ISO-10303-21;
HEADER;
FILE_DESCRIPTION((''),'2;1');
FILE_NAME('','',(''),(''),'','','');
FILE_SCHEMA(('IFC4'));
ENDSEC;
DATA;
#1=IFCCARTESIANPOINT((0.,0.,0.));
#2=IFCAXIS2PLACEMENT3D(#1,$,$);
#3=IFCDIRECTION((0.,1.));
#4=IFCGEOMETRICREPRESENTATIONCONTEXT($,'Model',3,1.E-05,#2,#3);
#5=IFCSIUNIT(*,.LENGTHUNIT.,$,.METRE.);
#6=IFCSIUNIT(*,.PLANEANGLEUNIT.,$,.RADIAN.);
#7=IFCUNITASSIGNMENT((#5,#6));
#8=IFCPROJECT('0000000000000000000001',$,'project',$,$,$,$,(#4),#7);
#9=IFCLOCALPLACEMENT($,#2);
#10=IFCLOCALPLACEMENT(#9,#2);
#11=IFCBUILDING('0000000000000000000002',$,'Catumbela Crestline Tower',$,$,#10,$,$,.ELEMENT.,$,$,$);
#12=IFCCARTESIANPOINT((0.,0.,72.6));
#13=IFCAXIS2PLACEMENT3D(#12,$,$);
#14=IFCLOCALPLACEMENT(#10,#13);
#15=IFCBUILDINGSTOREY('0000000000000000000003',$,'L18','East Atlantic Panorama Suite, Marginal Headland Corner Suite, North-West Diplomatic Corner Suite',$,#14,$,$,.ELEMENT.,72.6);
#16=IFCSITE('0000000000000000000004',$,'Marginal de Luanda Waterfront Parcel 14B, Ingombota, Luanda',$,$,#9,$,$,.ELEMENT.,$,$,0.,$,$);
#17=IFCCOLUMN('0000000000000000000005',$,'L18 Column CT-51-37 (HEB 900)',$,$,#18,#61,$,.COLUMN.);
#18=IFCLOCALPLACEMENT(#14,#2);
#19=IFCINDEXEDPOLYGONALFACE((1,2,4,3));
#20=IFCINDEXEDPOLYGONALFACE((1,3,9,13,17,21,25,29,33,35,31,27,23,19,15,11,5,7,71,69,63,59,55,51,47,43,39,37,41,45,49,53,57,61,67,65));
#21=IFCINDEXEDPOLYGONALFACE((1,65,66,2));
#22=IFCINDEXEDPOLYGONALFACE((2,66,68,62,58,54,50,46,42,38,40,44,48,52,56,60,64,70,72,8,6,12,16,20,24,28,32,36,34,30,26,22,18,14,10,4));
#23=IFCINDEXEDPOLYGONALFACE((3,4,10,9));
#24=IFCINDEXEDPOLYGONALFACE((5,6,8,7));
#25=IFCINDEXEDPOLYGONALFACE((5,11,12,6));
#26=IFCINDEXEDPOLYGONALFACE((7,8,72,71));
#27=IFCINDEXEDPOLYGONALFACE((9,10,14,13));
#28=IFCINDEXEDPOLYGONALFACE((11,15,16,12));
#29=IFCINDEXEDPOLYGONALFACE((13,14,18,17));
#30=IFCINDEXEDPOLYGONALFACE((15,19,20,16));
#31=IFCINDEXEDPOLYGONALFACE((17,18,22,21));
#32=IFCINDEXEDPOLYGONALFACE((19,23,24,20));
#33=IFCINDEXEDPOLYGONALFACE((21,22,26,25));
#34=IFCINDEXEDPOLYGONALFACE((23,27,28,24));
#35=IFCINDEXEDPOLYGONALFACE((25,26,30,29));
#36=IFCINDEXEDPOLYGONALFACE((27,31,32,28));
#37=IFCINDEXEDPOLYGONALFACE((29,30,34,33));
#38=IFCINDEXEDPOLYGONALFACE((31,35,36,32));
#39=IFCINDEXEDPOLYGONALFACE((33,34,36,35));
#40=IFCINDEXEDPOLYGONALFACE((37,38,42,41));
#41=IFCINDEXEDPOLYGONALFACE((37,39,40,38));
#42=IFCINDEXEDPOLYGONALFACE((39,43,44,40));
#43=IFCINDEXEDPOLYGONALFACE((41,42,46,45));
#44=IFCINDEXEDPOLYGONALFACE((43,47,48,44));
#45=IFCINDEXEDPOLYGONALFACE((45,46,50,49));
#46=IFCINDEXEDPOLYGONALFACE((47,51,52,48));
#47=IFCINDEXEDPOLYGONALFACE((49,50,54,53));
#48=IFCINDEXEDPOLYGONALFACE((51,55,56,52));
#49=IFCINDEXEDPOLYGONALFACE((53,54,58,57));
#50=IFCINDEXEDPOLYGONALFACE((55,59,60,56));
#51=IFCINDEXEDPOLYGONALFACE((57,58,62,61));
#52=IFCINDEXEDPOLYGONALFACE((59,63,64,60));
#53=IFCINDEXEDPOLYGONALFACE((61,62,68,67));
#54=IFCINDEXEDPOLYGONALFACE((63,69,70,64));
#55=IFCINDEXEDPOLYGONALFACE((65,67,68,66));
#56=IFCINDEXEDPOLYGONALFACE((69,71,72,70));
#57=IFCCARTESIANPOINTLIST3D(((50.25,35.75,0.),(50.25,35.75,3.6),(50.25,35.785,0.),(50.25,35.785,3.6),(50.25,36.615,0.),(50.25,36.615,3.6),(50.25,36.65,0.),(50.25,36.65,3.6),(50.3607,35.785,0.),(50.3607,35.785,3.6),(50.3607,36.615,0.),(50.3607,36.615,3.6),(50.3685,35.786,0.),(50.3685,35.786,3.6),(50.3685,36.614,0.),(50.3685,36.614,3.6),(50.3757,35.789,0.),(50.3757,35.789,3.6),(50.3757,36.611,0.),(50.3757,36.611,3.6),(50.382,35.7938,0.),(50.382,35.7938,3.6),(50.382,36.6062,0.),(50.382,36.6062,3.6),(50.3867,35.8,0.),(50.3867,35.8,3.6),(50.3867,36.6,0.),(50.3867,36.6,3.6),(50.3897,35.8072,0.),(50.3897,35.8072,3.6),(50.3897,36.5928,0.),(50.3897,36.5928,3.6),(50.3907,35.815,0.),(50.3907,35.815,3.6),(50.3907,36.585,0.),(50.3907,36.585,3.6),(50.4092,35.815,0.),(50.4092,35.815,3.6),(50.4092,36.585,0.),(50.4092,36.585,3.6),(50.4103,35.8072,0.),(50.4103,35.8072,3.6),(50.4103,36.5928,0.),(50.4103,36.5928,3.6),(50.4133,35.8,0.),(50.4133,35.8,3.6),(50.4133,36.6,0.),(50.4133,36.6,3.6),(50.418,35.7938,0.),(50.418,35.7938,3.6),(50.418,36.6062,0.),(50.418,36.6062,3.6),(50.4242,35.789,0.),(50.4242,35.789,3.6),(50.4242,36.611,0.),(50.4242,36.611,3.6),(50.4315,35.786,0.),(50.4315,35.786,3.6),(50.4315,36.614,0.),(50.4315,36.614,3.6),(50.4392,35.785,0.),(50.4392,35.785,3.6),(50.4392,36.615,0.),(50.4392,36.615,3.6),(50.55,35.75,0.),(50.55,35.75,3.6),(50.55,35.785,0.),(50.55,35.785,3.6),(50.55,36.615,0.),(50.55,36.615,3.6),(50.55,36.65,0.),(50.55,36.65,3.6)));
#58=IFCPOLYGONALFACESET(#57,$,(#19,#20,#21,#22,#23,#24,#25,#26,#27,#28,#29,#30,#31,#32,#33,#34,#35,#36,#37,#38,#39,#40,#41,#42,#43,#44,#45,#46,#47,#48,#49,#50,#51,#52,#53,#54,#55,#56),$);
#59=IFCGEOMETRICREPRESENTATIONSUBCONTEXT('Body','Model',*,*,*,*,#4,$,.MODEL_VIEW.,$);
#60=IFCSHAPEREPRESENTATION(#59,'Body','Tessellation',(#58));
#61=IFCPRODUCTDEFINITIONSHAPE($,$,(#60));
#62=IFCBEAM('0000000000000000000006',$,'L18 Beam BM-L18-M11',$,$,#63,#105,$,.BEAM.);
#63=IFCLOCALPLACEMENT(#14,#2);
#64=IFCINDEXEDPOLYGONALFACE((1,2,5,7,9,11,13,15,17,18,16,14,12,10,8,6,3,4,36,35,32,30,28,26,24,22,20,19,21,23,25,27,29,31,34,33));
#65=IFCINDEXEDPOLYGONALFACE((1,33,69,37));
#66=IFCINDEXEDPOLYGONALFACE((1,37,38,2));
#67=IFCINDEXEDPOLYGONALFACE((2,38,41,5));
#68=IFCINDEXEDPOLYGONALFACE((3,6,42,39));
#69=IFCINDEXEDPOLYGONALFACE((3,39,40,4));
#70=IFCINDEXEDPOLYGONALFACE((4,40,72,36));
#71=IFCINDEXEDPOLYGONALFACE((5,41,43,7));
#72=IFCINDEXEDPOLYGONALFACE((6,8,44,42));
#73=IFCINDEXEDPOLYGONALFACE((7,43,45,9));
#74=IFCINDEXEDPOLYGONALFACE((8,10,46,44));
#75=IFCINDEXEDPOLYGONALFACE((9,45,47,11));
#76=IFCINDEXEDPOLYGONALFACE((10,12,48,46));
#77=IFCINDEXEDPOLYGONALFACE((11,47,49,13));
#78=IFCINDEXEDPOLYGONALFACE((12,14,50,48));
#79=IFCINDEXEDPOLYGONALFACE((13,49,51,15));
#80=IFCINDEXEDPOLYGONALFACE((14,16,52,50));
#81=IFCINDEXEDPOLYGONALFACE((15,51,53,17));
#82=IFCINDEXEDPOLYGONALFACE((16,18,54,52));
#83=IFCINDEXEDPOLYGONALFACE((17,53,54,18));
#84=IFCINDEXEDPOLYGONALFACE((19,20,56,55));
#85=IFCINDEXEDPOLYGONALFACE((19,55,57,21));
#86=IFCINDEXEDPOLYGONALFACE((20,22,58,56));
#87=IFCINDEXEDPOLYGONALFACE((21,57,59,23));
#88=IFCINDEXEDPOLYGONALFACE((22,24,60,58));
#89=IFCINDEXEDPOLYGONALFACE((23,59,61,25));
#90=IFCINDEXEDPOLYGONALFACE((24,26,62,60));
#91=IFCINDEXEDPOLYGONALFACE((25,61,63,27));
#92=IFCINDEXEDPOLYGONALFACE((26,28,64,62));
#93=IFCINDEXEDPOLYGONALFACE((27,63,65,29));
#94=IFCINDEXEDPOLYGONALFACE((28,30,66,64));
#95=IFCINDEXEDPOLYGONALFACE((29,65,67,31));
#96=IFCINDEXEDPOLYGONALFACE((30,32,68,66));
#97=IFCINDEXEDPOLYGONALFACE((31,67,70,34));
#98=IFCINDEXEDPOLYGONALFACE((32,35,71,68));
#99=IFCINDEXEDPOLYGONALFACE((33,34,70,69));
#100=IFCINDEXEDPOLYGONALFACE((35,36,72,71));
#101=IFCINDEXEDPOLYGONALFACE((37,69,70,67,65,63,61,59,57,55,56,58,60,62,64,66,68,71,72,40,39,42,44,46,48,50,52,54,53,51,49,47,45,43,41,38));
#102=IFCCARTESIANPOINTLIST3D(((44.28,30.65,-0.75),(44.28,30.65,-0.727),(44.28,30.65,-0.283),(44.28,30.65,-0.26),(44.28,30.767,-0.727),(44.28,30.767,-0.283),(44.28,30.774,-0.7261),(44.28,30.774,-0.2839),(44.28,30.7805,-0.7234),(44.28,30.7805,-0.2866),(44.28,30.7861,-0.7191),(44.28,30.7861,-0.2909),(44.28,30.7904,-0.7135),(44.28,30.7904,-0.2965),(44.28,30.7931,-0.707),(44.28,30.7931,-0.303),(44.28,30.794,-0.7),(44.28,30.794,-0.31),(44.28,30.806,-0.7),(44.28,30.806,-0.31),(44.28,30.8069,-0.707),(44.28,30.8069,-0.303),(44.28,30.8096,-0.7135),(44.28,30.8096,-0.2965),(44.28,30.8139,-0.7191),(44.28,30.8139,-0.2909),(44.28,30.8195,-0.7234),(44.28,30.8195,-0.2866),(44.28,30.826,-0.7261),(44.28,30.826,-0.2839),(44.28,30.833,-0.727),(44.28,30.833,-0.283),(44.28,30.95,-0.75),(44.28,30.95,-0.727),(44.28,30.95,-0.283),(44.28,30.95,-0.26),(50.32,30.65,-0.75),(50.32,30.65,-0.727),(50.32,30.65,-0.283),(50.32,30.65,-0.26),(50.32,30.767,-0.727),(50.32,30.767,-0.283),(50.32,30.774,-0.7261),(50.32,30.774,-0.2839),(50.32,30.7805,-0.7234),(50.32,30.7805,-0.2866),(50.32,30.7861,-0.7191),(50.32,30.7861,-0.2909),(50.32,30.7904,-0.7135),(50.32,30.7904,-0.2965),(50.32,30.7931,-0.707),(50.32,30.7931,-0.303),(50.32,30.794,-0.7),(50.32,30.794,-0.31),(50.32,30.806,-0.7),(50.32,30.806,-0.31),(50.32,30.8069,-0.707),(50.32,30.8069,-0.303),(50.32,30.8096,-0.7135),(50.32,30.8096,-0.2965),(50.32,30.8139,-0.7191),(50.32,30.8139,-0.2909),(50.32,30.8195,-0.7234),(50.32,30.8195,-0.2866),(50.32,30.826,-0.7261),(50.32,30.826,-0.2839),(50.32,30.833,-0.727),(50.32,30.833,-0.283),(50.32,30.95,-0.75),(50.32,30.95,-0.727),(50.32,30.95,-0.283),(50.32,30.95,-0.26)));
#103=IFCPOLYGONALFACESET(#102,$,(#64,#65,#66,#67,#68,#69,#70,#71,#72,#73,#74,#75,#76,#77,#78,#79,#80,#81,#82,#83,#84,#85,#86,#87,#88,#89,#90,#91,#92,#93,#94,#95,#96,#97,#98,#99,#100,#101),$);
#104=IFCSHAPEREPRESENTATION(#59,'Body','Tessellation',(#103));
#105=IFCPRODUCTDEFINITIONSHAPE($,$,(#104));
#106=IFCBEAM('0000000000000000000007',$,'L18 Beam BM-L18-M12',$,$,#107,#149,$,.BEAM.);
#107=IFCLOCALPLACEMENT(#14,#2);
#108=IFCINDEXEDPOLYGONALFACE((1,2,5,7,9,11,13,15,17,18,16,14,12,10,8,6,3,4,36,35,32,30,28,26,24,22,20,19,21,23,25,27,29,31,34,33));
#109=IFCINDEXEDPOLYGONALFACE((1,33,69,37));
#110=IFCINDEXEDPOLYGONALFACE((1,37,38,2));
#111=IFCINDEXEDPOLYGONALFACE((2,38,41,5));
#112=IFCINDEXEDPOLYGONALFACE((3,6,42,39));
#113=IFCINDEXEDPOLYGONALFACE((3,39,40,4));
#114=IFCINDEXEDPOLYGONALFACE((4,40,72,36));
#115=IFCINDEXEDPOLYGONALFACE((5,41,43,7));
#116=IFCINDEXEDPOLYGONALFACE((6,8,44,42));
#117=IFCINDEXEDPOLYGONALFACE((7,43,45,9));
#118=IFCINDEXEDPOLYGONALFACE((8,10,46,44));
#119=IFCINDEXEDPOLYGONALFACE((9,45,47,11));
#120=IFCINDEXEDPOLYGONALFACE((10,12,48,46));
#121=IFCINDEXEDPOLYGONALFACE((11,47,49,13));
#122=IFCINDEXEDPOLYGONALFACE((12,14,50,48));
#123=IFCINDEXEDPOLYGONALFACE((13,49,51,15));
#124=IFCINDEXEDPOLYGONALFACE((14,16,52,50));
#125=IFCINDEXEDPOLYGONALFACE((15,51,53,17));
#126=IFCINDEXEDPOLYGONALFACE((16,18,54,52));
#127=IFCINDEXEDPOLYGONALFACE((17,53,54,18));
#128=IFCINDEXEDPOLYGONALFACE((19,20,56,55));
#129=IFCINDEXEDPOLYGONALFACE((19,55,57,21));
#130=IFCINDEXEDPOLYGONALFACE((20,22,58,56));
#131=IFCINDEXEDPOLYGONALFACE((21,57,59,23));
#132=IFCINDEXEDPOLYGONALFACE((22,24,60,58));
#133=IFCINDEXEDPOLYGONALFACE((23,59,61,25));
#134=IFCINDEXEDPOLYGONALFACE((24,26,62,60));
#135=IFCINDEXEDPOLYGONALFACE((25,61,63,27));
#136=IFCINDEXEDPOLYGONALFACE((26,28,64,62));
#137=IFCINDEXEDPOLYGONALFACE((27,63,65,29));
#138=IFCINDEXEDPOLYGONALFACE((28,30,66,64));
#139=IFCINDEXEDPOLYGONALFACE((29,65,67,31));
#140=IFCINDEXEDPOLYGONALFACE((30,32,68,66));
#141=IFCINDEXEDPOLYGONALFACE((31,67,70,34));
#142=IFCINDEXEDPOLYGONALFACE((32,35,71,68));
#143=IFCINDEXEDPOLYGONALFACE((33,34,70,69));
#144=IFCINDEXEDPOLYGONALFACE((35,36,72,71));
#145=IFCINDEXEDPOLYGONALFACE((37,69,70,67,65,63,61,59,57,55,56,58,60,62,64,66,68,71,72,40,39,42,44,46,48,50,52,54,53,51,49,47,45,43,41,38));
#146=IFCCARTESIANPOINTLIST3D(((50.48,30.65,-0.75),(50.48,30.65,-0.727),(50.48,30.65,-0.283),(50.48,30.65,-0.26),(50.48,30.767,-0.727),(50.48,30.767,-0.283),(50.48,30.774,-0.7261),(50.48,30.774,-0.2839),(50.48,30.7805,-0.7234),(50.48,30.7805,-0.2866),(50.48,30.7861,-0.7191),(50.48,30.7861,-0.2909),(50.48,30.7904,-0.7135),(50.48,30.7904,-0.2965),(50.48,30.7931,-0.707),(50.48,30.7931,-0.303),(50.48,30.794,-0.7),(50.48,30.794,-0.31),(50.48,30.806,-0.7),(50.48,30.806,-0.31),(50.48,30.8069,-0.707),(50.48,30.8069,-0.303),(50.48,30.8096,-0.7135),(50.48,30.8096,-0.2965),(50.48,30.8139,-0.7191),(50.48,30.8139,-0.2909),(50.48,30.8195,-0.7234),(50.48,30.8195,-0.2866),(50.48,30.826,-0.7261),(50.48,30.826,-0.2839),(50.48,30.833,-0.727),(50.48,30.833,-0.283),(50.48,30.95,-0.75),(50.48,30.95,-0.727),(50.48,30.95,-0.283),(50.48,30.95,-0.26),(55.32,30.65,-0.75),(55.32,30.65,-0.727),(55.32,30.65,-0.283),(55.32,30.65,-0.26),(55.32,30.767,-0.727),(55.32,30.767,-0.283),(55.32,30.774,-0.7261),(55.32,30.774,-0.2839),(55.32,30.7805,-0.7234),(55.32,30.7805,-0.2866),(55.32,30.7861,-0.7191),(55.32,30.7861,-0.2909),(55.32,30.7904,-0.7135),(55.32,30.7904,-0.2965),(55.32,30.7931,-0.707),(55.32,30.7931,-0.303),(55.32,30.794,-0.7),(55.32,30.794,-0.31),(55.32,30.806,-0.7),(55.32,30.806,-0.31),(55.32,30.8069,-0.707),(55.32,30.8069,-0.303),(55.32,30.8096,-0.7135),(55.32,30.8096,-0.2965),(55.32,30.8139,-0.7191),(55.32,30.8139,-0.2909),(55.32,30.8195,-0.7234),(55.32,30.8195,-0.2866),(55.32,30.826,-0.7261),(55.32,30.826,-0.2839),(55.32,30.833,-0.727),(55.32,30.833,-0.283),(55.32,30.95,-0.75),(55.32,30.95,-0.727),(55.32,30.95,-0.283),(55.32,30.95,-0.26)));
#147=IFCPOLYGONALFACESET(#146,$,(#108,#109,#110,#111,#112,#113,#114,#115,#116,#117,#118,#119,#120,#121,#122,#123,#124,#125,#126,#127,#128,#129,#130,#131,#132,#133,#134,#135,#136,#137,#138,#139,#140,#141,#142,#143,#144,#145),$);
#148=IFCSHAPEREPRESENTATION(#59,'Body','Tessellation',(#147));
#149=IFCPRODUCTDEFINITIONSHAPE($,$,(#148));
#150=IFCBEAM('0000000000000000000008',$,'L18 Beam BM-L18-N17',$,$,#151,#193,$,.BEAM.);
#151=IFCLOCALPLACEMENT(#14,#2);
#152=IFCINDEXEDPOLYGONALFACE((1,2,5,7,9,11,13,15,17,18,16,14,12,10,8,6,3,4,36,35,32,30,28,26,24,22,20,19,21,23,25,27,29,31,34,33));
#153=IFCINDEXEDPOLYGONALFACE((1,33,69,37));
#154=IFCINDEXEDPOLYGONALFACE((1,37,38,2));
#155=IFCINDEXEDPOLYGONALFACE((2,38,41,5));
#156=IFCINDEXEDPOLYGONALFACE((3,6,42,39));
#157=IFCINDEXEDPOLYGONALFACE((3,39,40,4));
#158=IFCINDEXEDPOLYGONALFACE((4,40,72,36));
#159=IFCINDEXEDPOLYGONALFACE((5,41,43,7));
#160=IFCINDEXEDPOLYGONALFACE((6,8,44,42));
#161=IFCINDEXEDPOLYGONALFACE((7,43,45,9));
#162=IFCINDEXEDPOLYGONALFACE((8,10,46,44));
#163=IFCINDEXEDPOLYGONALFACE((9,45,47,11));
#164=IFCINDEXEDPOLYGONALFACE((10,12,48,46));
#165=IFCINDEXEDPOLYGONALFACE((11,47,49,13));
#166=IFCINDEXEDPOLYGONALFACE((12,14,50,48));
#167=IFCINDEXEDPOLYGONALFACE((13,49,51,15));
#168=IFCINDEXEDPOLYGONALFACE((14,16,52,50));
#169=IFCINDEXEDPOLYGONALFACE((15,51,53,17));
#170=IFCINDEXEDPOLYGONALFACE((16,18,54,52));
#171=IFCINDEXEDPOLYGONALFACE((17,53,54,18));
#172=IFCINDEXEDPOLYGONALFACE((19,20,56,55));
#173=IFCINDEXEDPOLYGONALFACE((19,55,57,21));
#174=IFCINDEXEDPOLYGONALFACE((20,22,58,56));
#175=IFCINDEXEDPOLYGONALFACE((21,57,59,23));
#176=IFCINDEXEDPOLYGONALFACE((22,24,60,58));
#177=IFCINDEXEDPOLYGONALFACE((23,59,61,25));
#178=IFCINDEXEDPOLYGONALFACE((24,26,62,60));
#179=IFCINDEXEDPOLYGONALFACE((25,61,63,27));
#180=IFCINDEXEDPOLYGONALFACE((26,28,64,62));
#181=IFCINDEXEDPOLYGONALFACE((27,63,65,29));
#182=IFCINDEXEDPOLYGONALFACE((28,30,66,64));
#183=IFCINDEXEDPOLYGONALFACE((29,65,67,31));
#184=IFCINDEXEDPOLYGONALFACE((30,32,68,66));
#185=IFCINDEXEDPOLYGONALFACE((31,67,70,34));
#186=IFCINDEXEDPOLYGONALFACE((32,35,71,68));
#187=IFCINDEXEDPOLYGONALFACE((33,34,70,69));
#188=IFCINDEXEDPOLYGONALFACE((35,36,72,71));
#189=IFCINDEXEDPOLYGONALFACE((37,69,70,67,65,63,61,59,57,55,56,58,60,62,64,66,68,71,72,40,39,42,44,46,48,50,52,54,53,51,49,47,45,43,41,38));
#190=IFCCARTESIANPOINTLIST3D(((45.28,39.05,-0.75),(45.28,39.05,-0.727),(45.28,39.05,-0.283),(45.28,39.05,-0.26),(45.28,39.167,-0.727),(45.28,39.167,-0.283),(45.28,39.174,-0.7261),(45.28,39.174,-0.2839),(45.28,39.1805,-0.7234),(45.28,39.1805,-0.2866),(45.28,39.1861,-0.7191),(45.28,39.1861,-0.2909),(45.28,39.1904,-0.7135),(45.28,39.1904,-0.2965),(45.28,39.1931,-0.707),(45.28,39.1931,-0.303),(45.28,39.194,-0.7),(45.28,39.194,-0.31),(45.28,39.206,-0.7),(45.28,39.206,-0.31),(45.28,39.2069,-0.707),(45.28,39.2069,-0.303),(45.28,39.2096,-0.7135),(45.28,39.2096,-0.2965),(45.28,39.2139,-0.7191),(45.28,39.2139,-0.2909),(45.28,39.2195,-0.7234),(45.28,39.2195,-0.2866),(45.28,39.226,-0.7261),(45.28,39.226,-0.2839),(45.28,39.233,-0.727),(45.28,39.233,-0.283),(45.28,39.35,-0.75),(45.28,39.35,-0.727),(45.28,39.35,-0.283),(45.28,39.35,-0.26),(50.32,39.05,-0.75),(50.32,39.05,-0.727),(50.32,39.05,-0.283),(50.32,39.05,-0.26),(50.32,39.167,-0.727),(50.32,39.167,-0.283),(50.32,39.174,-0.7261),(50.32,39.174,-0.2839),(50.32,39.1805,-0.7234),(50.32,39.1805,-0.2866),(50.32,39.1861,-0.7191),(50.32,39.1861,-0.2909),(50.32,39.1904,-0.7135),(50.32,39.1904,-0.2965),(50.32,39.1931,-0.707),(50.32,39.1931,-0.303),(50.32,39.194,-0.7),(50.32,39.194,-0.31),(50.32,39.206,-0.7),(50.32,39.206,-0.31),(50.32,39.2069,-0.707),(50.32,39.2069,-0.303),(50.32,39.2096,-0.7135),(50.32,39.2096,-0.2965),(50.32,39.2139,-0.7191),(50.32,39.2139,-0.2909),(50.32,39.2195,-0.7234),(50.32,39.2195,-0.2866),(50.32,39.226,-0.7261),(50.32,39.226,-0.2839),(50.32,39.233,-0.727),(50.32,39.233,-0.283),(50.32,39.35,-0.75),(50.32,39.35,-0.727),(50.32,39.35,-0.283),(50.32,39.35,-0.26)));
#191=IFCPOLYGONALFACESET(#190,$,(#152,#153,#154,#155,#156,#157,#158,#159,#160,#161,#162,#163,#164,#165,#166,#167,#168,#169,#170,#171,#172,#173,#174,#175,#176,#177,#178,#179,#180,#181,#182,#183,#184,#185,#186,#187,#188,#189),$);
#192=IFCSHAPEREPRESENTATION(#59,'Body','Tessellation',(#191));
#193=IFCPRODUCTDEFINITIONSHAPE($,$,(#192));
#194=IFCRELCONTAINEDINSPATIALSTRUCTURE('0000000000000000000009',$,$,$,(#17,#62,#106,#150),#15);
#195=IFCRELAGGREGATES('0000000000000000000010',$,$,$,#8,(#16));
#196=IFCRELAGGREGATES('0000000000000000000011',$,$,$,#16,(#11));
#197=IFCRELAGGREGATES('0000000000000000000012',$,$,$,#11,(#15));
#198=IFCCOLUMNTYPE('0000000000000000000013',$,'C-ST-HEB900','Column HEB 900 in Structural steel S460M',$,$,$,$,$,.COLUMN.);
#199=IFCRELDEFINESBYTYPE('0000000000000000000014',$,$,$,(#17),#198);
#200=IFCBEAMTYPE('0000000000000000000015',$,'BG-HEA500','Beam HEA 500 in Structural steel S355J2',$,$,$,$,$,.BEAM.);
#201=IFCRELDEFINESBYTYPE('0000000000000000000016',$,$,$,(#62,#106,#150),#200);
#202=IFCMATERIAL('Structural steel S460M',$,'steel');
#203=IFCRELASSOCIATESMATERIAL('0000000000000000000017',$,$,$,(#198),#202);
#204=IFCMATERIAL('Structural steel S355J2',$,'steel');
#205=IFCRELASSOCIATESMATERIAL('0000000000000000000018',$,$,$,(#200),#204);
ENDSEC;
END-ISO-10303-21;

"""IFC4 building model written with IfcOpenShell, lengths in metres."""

from ifc_helpers import new_model, si_unit, direction, frame, origin, origin_2d, place, context, subcontext, project, spatial, i_section, extrude, material, material_profile, profile_set, type_object, element, save


model = new_model("IFC4")

# Units and contexts
model_context = context("Model", 3, precision=1e-05, world=origin(), true_north=direction((0.0, 1.0)))
body_context = subcontext(model_context, "Body", "Model", "MODEL_VIEW")
ifc_project = project(units=[si_unit("LENGTHUNIT", "METRE"), si_unit("PLANEANGLEUNIT", "RADIAN")], contexts=[model_context])

# Site, building, storey
site_placement = place(None, origin())
site = spatial("IfcSite", under=ifc_project, at=site_placement, Name="Marginal de Luanda Waterfront Parcel 14B, Ingombota, Luanda", CompositionType="ELEMENT", RefElevation=0.0)
building_placement = place(site_placement, origin())
building = spatial("IfcBuilding", under=site, at=building_placement, Name="Catumbela Crestline Tower", CompositionType="ELEMENT")
storey_placement = place(building_placement, frame((0.0, 0.0, 72.6)))
storey = spatial("IfcBuildingStorey", under=building, at=storey_placement, Name="L18", Description="East Atlantic Panorama Suite, Marginal Headland Corner Suite, North-West Diplomatic Corner Suite", CompositionType="ELEMENT", Elevation=72.6)

# Column
ifc_material_1 = material(Name="Structural steel S460M", Category="steel")
ifc_material_profile_1 = material_profile(ifc_material_1, i_section(OverallWidth=0.3, OverallDepth=0.9, WebThickness=0.0185, FlangeThickness=0.035, FilletRadius=0.03, at=origin_2d()), Name="HEB 900")
ifc_profile_set_1 = profile_set([ifc_material_profile_1], Name="Structural steel S460M")
column_type_1 = type_object("IfcColumnType", Name="C-ST-HEB900", Description="Column HEB 900 in Structural steel S460M", PredefinedType="COLUMN", material=ifc_profile_set_1)
for number, where, z_axis, x_axis, name in (
    (1, (50.4, 36.2, 0.0), (0.0, 0.0, 1.0), (1.0, 0.0, 0.0), "L18 Column CT-51-37 (HEB 900)"),
):
    element("IfcColumn", number, at=place(storey_placement, frame(where, z_axis=z_axis, x_axis=x_axis)), inside=storey, type_object=column_type_1, Name=name, PredefinedType="COLUMN", context=body_context, shape_type="SweptSolid", body=[
        extrude(i_section(OverallWidth=0.3, OverallDepth=0.9, WebThickness=0.0185, FlangeThickness=0.035, FilletRadius=0.03, at=origin_2d()), origin(), (0.0, 0.0, 1.0), 3.6),
    ])

# Beams
ifc_material_2 = material(Name="Structural steel S355J2", Category="steel")
ifc_material_profile_2 = material_profile(ifc_material_2, i_section(OverallWidth=0.3, OverallDepth=0.49, WebThickness=0.012, FlangeThickness=0.023, FilletRadius=0.027, at=origin_2d()), Name="HEA 500")
ifc_profile_set_2 = profile_set([ifc_material_profile_2], Name="Structural steel S355J2")
beam_type_1 = type_object("IfcBeamType", Name="BG-HEA500", Description="Beam HEA 500 in Structural steel S355J2", PredefinedType="BEAM", material=ifc_profile_set_2)
beam_1_placement = place(storey_placement, frame((44.28, 30.8, -0.505), z_axis=(1.0, 0.0, 0.0), x_axis=(0.0, 1.0, 0.0)))
element("IfcBeam", 2, at=beam_1_placement, inside=storey, type_object=beam_type_1, Name="L18 Beam BM-L18-M11", PredefinedType="BEAM", context=body_context, shape_type="SweptSolid", body=[
    extrude(i_section(OverallWidth=0.3, OverallDepth=0.49, WebThickness=0.012, FlangeThickness=0.023, FilletRadius=0.027, at=origin_2d()), origin(), (0.0, 0.0, 1.0), 6.04),
])
beam_2_placement = place(storey_placement, frame((50.48, 30.8, -0.505), z_axis=(1.0, 0.0, 0.0), x_axis=(0.0, 1.0, 0.0)))
element("IfcBeam", 3, at=beam_2_placement, inside=storey, type_object=beam_type_1, Name="L18 Beam BM-L18-M12", PredefinedType="BEAM", context=body_context, shape_type="SweptSolid", body=[
    extrude(i_section(OverallWidth=0.3, OverallDepth=0.49, WebThickness=0.012, FlangeThickness=0.023, FilletRadius=0.027, at=origin_2d()), origin(), (0.0, 0.0, 1.0), 4.84),
])
beam_3_placement = place(storey_placement, frame((45.28, 39.2, -0.505), z_axis=(1.0, 0.0, 0.0), x_axis=(0.0, 1.0, 0.0)))
element("IfcBeam", 4, at=beam_3_placement, inside=storey, type_object=beam_type_1, Name="L18 Beam BM-L18-N17", PredefinedType="BEAM", context=body_context, shape_type="SweptSolid", body=[
    extrude(i_section(OverallWidth=0.3, OverallDepth=0.49, WebThickness=0.012, FlangeThickness=0.023, FilletRadius=0.027, at=origin_2d()), origin(), (0.0, 0.0, 1.0), 5.04),
])

save(model, "model.ifc")
